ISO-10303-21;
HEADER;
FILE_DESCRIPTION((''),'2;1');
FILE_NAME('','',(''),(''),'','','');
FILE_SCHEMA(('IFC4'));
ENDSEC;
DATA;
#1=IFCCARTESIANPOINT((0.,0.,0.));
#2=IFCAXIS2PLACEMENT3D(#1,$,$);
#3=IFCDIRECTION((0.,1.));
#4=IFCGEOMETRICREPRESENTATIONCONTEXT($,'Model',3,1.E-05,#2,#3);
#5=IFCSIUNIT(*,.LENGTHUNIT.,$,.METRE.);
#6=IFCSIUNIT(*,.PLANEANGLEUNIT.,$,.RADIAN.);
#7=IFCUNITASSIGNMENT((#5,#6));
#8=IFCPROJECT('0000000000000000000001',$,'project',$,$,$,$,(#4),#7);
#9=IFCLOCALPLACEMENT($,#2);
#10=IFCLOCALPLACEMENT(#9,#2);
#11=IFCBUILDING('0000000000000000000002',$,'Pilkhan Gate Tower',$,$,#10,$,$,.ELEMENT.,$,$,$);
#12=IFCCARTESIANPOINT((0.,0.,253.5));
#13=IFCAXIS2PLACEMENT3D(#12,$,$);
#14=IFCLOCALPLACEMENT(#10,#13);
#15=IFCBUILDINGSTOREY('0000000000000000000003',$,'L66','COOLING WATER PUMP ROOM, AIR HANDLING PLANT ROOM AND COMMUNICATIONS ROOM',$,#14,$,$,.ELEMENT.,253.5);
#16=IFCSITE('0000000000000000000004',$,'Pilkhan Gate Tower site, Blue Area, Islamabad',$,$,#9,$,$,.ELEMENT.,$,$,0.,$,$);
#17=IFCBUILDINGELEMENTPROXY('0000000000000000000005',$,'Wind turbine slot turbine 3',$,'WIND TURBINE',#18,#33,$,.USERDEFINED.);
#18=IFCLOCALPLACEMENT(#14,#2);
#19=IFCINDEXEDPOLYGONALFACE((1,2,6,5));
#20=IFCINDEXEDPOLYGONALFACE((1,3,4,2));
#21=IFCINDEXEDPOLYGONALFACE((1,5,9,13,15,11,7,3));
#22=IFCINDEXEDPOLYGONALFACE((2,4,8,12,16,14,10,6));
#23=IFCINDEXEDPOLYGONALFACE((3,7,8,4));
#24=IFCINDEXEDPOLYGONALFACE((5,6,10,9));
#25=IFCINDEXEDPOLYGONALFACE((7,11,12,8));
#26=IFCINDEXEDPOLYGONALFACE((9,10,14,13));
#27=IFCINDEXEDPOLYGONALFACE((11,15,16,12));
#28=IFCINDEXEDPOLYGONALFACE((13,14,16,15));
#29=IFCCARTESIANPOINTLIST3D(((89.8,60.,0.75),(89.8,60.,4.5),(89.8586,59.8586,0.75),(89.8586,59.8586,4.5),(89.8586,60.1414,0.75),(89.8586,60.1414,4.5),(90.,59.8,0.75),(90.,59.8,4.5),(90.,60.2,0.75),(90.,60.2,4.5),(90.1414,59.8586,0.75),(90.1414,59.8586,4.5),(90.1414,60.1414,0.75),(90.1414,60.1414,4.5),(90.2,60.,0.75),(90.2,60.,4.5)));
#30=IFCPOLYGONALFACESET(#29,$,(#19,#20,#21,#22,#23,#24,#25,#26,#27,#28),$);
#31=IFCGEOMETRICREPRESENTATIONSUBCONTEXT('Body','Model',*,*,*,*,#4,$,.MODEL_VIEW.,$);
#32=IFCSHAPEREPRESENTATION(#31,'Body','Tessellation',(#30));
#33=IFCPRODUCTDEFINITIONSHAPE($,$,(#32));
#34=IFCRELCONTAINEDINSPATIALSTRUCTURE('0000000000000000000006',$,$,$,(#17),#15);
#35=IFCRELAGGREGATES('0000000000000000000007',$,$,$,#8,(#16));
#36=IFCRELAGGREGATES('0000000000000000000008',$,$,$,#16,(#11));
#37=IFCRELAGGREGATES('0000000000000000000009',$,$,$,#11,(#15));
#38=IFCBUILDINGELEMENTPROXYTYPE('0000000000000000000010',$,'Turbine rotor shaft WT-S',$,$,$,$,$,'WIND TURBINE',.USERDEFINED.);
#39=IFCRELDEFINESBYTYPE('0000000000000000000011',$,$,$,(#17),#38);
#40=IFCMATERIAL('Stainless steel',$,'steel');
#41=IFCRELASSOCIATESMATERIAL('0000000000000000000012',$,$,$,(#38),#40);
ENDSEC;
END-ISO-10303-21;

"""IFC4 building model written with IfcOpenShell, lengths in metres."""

from ifc_helpers import new_model, si_unit, direction, frame, origin, place, context, subcontext, project, spatial, polyline, outline, extrude, material, material_profile, profile_set, type_object, element, save


model = new_model("IFC4")

# Units and contexts
model_context = context("Model", 3, precision=1e-05, world=origin(), true_north=direction((0.0, 1.0)))
body_context = subcontext(model_context, "Body", "Model", "MODEL_VIEW")
ifc_project = project(units=[si_unit("LENGTHUNIT", "METRE"), si_unit("PLANEANGLEUNIT", "RADIAN")], contexts=[model_context])

# Site, building, storey
site_placement = place(None, origin())
site = spatial("IfcSite", under=ifc_project, at=site_placement, Name="Pilkhan Gate Tower site, Blue Area, Islamabad", CompositionType="ELEMENT", RefElevation=0.0)
building_placement = place(site_placement, origin())
building = spatial("IfcBuilding", under=site, at=building_placement, Name="Pilkhan Gate Tower", CompositionType="ELEMENT")
storey_placement = place(building_placement, frame((0.0, 0.0, 253.5)))
storey = spatial("IfcBuildingStorey", under=building, at=storey_placement, Name="L66", Description="COOLING WATER PUMP ROOM, AIR HANDLING PLANT ROOM AND COMMUNICATIONS ROOM", CompositionType="ELEMENT", Elevation=253.5)

# Building element proxy
ifc_material_1 = material(Name="Stainless steel", Category="steel")
ifc_material_profile_1 = material_profile(ifc_material_1, outline(polyline([(0.2, 0.0), (0.1414, 0.1414), (0.0, 0.2), (-0.1414, 0.1414), (-0.2, 0.0), (-0.1414, -0.1414), (0.0, -0.2), (0.1414, -0.1414), (0.2, 0.0)])), Name="Shaft D0.4")
ifc_profile_set_1 = profile_set([ifc_material_profile_1], Name="Stainless steel")
building_element_proxy_type_1 = type_object("IfcBuildingElementProxyType", Name="Turbine rotor shaft WT-S", ElementType="WIND TURBINE", PredefinedType="USERDEFINED", material=ifc_profile_set_1)
proxy_1_placement = place(storey_placement, frame((90.0, 60.0, 0.75), z_axis=(0.0, 0.0, 1.0), x_axis=(1.0, 0.0, 0.0)))
element("IfcBuildingElementProxy", 1, at=proxy_1_placement, inside=storey, type_object=building_element_proxy_type_1, Name="Wind turbine slot turbine 3", ObjectType="WIND TURBINE", PredefinedType="USERDEFINED", context=body_context, shape_type="SweptSolid", body=[
    extrude(outline(polyline([(0.2, 0.0), (0.1414, 0.1414), (0.0, 0.2), (-0.1414, 0.1414), (-0.2, 0.0), (-0.1414, -0.1414), (0.0, -0.2), (0.1414, -0.1414), (0.2, 0.0)])), origin(), (0.0, 0.0, 1.0), 3.75),
])

save(model, "model.ifc")
